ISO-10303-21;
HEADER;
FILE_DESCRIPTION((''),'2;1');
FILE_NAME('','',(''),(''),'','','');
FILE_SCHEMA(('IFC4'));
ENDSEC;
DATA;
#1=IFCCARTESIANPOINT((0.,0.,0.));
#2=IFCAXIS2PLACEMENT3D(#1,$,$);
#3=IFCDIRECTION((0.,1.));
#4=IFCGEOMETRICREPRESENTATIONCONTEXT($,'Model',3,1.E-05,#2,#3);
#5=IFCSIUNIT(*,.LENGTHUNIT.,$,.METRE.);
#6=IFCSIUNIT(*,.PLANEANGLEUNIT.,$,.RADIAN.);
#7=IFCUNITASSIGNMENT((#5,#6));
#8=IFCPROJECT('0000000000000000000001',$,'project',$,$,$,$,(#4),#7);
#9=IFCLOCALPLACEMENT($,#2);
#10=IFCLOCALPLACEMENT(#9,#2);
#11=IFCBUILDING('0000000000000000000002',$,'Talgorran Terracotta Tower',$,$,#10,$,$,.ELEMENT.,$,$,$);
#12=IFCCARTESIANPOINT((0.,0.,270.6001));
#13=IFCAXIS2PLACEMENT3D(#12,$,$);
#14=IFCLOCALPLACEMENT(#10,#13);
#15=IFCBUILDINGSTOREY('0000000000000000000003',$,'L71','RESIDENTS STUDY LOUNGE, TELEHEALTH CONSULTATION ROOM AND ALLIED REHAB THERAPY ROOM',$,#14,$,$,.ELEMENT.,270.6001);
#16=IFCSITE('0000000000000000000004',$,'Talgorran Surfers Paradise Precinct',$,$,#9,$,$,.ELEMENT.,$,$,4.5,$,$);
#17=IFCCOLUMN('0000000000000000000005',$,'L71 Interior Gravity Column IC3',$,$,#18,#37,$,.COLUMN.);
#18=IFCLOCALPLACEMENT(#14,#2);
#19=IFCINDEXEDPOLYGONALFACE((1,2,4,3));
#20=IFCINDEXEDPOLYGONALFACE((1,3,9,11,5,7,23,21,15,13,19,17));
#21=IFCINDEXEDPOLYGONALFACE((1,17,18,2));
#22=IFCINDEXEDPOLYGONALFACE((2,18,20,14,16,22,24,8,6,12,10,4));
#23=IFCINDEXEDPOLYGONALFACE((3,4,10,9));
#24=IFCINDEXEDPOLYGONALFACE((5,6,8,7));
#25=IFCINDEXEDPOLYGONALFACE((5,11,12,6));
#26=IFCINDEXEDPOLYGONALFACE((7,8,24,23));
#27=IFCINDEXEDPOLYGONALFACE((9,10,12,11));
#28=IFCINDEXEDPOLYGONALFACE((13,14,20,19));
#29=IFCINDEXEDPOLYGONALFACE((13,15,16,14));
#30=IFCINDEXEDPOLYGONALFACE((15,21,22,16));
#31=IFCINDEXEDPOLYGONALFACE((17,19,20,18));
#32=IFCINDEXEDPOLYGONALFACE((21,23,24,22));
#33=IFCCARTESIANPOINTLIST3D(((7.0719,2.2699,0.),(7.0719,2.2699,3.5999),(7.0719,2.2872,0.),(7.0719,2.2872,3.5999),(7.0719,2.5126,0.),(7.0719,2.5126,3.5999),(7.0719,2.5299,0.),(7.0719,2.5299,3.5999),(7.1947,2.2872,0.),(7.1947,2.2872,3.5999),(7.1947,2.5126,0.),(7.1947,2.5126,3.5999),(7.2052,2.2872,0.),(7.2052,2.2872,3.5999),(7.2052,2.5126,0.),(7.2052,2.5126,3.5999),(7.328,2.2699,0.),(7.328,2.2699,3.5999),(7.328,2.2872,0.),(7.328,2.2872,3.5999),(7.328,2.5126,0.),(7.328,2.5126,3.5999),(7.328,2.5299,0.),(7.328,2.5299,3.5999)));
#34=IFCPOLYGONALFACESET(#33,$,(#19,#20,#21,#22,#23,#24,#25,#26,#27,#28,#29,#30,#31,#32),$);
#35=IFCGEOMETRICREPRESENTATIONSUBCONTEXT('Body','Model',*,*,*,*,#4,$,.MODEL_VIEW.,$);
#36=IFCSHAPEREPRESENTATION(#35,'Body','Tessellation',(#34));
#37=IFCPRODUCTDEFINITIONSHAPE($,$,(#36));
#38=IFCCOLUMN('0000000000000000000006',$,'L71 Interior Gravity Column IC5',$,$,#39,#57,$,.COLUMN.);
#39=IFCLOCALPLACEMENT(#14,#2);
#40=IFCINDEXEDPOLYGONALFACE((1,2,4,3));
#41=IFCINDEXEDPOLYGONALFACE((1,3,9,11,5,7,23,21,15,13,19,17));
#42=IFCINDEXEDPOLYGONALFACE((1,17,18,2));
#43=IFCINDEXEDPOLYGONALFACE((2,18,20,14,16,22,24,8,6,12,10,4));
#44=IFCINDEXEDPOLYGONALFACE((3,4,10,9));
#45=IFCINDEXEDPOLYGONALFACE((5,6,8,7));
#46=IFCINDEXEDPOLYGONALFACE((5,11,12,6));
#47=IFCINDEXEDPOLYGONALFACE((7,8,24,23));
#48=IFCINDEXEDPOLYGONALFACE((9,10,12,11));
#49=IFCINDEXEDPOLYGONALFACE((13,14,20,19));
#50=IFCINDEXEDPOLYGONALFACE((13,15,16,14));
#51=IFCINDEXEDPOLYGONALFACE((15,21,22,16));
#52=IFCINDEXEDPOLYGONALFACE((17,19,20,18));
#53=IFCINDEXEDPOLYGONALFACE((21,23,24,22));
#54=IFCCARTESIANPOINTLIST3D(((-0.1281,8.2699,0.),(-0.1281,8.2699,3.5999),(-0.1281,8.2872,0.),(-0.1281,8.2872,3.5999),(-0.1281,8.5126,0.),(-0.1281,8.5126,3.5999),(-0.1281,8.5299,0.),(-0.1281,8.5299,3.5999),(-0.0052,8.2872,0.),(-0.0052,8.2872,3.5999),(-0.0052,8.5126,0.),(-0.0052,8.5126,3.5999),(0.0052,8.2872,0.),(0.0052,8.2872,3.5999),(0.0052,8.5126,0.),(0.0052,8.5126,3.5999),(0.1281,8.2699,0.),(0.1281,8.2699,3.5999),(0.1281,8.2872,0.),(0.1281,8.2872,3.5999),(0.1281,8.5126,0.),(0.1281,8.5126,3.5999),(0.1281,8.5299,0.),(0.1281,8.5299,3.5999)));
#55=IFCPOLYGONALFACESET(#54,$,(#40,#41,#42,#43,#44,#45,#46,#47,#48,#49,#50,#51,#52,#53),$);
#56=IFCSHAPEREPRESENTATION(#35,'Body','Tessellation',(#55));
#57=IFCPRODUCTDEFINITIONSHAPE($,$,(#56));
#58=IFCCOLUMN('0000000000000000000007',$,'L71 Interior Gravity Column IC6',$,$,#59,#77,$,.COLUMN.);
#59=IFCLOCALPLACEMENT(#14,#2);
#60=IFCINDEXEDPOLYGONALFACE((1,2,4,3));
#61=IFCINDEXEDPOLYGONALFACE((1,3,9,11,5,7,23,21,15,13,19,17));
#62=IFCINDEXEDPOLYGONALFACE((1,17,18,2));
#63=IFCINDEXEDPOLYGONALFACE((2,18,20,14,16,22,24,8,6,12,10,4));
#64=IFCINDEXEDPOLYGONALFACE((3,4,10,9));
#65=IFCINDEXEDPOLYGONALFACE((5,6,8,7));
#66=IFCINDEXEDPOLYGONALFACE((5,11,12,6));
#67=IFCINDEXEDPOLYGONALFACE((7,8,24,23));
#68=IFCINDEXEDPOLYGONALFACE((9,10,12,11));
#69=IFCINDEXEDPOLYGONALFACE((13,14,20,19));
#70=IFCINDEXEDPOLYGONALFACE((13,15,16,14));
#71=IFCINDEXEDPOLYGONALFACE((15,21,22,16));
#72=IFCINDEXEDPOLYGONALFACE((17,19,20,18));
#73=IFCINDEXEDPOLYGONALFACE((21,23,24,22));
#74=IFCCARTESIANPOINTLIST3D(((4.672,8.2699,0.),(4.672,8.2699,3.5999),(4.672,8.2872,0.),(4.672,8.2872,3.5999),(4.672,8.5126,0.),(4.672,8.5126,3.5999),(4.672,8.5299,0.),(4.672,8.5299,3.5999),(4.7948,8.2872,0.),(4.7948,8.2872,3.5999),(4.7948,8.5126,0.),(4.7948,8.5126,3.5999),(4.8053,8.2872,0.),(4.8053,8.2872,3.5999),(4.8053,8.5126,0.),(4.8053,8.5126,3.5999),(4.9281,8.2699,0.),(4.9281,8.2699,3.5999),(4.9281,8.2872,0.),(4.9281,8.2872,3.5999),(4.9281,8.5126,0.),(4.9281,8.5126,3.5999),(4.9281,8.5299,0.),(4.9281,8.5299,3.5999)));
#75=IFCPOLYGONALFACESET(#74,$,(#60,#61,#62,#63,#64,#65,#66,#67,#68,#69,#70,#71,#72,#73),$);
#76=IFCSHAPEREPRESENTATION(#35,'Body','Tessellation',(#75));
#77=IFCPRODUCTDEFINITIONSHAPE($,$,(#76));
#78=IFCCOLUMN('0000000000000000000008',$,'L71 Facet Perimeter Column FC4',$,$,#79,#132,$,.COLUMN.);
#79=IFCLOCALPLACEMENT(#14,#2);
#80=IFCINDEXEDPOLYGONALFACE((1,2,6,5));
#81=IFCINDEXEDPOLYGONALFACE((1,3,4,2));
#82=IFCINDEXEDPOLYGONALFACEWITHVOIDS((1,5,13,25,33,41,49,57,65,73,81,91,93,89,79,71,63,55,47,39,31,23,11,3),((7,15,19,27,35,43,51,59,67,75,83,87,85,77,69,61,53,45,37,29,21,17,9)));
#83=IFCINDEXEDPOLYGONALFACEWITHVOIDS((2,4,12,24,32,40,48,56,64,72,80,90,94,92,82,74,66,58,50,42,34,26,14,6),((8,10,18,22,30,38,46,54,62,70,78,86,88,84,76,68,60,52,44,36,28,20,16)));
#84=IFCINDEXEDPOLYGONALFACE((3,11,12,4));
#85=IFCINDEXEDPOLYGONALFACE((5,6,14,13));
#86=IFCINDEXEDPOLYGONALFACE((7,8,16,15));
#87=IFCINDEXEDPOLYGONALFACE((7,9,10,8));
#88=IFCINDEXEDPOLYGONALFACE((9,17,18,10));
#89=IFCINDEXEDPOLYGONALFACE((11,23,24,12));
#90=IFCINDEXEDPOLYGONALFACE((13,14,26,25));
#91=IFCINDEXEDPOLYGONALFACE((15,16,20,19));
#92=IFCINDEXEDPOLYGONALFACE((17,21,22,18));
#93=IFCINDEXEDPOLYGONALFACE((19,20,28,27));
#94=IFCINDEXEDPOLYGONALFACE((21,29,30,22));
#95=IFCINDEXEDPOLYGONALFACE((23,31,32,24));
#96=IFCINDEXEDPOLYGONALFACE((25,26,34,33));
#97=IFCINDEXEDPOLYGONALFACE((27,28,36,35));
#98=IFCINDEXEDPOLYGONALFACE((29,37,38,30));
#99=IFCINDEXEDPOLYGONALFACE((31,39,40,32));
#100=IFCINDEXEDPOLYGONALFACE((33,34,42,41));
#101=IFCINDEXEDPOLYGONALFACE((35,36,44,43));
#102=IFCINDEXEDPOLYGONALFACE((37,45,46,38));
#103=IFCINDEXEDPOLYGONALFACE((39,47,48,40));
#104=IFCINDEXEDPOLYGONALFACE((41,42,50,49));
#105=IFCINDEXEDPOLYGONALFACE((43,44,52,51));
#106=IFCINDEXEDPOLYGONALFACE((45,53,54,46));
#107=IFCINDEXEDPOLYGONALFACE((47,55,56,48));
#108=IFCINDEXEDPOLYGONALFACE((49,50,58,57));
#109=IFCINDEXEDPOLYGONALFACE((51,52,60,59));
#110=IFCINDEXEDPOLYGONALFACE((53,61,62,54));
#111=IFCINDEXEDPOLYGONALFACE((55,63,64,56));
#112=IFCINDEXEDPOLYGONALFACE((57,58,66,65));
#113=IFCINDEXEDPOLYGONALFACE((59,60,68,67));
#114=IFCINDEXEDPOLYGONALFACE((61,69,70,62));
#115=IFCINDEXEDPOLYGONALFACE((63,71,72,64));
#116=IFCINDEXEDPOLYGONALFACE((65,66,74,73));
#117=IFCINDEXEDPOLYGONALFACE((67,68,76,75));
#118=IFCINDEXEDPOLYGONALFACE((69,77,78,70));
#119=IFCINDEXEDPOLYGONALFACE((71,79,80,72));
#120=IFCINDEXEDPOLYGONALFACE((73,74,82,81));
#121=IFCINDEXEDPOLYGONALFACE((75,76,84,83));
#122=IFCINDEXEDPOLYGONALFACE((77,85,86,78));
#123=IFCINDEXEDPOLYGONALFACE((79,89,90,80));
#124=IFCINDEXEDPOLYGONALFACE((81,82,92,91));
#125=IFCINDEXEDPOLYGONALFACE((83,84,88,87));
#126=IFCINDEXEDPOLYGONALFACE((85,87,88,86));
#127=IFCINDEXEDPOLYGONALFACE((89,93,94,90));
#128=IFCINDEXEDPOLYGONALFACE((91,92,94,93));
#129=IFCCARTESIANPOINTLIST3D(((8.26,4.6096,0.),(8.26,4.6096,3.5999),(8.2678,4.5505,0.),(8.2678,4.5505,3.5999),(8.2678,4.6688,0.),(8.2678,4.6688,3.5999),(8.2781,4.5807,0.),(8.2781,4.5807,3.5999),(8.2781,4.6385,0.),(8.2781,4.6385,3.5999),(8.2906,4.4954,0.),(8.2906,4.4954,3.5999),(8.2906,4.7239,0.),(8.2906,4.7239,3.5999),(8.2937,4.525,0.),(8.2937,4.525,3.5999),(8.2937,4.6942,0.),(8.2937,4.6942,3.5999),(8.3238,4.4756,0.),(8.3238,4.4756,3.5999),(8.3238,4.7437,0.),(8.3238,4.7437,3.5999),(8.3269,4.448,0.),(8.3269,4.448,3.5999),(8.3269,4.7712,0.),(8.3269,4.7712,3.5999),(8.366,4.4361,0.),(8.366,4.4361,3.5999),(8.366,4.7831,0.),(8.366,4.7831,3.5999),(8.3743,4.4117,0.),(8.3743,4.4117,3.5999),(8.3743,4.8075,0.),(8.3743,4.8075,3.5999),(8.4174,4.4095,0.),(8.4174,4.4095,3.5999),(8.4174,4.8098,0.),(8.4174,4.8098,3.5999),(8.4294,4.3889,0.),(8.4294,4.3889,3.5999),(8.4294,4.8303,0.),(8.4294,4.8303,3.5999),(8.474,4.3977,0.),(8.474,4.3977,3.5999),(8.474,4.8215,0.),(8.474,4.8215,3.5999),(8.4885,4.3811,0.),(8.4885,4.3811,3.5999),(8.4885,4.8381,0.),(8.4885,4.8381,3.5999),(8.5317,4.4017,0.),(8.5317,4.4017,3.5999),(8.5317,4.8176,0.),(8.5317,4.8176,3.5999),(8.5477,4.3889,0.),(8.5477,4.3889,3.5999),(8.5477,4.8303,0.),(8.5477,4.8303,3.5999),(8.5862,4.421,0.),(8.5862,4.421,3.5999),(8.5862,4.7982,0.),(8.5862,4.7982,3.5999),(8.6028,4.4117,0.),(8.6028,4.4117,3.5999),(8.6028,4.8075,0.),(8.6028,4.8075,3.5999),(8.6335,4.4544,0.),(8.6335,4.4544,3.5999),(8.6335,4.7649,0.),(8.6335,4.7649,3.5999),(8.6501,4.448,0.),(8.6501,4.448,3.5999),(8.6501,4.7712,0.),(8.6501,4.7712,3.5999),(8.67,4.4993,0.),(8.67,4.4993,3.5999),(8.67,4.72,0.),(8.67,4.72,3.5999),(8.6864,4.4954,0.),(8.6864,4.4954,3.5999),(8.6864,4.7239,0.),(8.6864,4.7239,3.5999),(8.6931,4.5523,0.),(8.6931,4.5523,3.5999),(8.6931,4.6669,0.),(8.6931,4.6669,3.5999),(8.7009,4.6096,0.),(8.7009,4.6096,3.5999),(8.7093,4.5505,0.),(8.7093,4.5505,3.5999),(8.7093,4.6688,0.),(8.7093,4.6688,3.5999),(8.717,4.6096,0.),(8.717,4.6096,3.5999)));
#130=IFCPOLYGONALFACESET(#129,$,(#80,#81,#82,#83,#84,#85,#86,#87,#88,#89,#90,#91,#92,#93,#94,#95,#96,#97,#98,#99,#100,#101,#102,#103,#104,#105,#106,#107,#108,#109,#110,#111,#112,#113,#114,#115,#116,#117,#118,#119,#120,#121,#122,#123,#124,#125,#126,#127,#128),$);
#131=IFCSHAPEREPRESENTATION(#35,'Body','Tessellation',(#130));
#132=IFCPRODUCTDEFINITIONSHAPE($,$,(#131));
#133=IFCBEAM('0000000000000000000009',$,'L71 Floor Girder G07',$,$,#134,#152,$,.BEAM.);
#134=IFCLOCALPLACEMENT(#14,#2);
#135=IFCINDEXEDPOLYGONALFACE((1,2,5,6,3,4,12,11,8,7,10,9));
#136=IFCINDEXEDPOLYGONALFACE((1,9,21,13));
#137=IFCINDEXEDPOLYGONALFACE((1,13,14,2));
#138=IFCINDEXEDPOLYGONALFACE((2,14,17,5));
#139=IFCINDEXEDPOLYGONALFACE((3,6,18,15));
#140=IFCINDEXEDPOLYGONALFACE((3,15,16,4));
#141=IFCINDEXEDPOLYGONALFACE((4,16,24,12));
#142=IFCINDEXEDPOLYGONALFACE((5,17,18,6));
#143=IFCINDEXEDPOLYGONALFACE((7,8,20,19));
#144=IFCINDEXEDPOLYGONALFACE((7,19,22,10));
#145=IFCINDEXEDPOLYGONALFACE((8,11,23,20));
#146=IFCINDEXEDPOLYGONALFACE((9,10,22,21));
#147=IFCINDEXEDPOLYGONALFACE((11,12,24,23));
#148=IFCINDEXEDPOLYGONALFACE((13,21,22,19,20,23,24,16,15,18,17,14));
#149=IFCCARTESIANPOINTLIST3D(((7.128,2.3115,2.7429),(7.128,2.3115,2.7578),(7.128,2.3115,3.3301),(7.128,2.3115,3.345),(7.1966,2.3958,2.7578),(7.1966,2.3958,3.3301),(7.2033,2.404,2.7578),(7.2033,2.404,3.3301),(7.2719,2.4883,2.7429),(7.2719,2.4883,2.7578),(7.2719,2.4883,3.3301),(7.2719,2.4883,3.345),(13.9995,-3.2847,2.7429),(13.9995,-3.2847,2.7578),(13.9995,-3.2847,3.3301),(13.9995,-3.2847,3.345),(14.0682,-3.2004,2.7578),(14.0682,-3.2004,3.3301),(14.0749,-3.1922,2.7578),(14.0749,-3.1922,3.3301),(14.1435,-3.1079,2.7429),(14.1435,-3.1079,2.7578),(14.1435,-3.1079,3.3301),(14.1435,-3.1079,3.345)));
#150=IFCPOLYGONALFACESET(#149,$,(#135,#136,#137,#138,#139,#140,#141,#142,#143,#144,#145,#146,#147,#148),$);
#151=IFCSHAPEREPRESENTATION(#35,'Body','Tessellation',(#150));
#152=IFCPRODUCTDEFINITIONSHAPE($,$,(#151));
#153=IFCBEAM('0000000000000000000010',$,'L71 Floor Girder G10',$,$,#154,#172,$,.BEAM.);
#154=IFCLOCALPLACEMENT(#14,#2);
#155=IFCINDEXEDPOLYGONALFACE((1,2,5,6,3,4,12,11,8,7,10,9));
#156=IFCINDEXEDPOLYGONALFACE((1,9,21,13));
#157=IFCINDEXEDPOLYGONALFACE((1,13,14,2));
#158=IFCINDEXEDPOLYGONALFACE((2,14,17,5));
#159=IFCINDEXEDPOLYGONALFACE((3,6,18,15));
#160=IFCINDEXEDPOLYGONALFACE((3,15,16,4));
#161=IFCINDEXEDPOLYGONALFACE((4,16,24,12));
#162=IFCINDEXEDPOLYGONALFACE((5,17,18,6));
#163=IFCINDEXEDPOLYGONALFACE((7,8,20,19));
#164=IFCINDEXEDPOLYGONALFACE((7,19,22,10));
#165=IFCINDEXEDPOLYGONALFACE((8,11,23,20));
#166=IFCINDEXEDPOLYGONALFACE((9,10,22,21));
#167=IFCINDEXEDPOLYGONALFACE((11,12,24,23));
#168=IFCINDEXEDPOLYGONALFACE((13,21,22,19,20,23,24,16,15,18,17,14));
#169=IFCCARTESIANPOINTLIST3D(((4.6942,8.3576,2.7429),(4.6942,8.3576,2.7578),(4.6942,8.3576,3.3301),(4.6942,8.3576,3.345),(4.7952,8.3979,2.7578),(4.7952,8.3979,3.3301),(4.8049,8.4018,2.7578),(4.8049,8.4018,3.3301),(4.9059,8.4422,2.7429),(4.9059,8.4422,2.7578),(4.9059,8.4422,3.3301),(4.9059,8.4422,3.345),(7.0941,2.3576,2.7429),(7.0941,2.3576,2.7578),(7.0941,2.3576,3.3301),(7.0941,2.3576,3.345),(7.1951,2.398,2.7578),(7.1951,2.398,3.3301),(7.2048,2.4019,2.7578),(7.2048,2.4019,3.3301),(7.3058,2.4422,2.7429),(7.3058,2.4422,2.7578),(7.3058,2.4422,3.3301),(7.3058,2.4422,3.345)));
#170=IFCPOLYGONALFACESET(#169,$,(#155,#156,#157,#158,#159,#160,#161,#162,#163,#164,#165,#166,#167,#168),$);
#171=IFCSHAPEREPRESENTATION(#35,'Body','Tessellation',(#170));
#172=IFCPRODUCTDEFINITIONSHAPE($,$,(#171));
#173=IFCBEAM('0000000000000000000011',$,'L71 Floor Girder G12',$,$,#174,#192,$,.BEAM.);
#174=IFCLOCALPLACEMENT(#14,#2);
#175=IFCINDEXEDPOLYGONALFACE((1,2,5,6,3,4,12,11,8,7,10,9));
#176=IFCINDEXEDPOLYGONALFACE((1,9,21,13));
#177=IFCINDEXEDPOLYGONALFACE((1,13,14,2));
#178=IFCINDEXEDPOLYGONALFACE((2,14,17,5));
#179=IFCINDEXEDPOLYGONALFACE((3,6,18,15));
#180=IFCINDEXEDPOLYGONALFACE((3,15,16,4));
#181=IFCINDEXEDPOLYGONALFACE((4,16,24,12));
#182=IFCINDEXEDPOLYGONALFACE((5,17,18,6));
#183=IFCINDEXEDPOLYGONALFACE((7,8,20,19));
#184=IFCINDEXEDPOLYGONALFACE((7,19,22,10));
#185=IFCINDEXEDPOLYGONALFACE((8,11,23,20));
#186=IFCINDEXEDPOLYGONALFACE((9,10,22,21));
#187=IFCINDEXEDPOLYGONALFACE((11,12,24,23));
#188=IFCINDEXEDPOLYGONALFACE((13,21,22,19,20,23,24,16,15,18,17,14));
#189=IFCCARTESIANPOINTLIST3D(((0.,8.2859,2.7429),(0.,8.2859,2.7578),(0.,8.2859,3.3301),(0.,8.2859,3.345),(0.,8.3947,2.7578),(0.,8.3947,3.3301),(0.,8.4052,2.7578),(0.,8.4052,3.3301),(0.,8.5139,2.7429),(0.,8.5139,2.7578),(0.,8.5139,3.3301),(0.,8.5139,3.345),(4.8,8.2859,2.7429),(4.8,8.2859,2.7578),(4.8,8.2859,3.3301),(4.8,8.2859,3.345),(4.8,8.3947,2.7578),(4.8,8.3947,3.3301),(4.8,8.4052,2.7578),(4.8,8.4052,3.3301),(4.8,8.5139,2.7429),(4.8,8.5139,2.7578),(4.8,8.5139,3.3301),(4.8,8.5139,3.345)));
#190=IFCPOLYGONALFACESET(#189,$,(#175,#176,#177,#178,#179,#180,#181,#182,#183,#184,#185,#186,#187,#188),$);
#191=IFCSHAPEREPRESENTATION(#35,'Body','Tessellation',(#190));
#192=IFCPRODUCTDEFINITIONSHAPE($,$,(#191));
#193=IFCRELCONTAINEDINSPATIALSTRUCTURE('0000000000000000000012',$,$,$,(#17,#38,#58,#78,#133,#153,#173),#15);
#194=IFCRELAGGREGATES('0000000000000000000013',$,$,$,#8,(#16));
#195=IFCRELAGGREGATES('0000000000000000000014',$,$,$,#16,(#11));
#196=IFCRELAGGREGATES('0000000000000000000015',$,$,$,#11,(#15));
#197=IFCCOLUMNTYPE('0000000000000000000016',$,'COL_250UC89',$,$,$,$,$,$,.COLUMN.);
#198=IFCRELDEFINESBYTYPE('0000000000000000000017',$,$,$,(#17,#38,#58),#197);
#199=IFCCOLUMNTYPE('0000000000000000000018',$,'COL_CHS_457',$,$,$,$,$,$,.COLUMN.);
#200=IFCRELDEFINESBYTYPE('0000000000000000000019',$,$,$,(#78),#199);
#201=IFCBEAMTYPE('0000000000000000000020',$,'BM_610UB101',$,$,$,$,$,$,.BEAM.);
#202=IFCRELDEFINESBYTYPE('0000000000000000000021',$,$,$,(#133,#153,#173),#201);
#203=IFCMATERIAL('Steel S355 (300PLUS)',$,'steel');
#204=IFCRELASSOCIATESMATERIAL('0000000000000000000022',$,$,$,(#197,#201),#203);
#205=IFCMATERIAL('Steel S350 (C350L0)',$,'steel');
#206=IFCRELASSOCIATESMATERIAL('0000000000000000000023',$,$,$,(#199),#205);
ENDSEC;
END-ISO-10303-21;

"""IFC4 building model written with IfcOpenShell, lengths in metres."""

from ifc_helpers import new_model, si_unit, direction, frame, origin, origin_2d, place, context, subcontext, project, spatial, hollow_circle, i_section, extrude, material, material_profile, profile_set, type_object, element, save


model = new_model("IFC4")

# Units and contexts
model_context = context("Model", 3, precision=1e-05, world=origin(), true_north=direction((0.0, 1.0)))
body_context = subcontext(model_context, "Body", "Model", "MODEL_VIEW")
ifc_project = project(units=[si_unit("LENGTHUNIT", "METRE"), si_unit("PLANEANGLEUNIT", "RADIAN")], contexts=[model_context])

# Site, building, storey
site_placement = place(None, origin())
site = spatial("IfcSite", under=ifc_project, at=site_placement, Name="Talgorran Surfers Paradise Precinct", CompositionType="ELEMENT", RefElevation=4.5)
building_placement = place(site_placement, origin())
building = spatial("IfcBuilding", under=site, at=building_placement, Name="Talgorran Terracotta Tower", CompositionType="ELEMENT")
storey_placement = place(building_placement, frame((0.0, 0.0, 270.6001)))
storey = spatial("IfcBuildingStorey", under=building, at=storey_placement, Name="L71", Description="RESIDENTS STUDY LOUNGE, TELEHEALTH CONSULTATION ROOM AND ALLIED REHAB THERAPY ROOM", CompositionType="ELEMENT", Elevation=270.6001)

# Columns
ifc_material_1 = material(Name="Steel S355 (300PLUS)", Category="steel")
ifc_material_profile_1 = material_profile(ifc_material_1, i_section(OverallWidth=0.2561, OverallDepth=0.26, WebThickness=0.0105, FlangeThickness=0.0173, at=origin_2d()), Name="250UC89.5")
ifc_profile_set_1 = profile_set([ifc_material_profile_1], Name="Steel S355 (300PLUS)")
column_type_1 = type_object("IfcColumnType", Name="COL_250UC89", PredefinedType="COLUMN", material=ifc_profile_set_1)
for number, where, z_axis, x_axis, name in (
    (1, (7.2, 2.3999, 0.0), (0.0, 0.0, 1.0), (1.0, 0.0, 0.0), "L71 Interior Gravity Column IC3"),
    (2, (0.0, 8.3999, 0.0), (0.0, 0.0, 1.0), (1.0, 0.0, 0.0), "L71 Interior Gravity Column IC5"),
    (3, (4.8, 8.3999, 0.0), (0.0, 0.0, 1.0), (1.0, 0.0, 0.0), "L71 Interior Gravity Column IC6"),
):
    element("IfcColumn", number, at=place(storey_placement, frame(where, z_axis=z_axis, x_axis=x_axis)), inside=storey, type_object=column_type_1, Name=name, PredefinedType="COLUMN", context=body_context, shape_type="SweptSolid", body=[
        extrude(i_section(OverallWidth=0.2561, OverallDepth=0.26, WebThickness=0.0105, FlangeThickness=0.0173, at=origin_2d()), origin(), (0.0, 0.0, 1.0), 3.5999),
    ])
ifc_material_2 = material(Name="Steel S350 (C350L0)", Category="steel")
ifc_material_profile_2 = material_profile(ifc_material_2, hollow_circle(Radius=0.2285, WallThickness=0.0161, at=origin_2d()), Name="CHS457X16")
ifc_profile_set_2 = profile_set([ifc_material_profile_2], Name="Steel S350 (C350L0)")
column_type_2 = type_object("IfcColumnType", Name="COL_CHS_457", PredefinedType="COLUMN", material=ifc_profile_set_2)
column_placement = place(storey_placement, frame((8.4885, 4.6096, 0.0), z_axis=(0.0, 0.0, 1.0), x_axis=(1.0, 0.0, 0.0)))
element("IfcColumn", 4, at=column_placement, inside=storey, type_object=column_type_2, Name="L71 Facet Perimeter Column FC4", PredefinedType="COLUMN", context=body_context, shape_type="SweptSolid", body=[
    extrude(hollow_circle(Radius=0.2285, WallThickness=0.0161, at=origin_2d()), origin(), (0.0, 0.0, 1.0), 3.5999),
])

# Beams
ifc_material_profile_3 = material_profile(ifc_material_1, i_section(OverallWidth=0.228, OverallDepth=0.6021, WebThickness=0.0105, FlangeThickness=0.0149, at=origin_2d()), Name="610UB101")
ifc_profile_set_3 = profile_set([ifc_material_profile_3], Name="Steel S355 (300PLUS)")
beam_type_1 = type_object("IfcBeamType", Name="BM_610UB101", PredefinedType="BEAM", material=ifc_profile_set_3)
beam_1_placement = place(storey_placement, frame((7.2, 2.3999, 3.0439), z_axis=(0.775394, -0.631478, 0.0), x_axis=(0.631478, 0.775394, 0.0)))
element("IfcBeam", 5, at=beam_1_placement, inside=storey, type_object=beam_type_1, Name="L71 Floor Girder G07", PredefinedType="BEAM", context=body_context, shape_type="SweptSolid", body=[
    extrude(i_section(OverallWidth=0.228, OverallDepth=0.6021, WebThickness=0.0105, FlangeThickness=0.0149, at=origin_2d()), origin(), (0.0, 0.0, 1.0), 8.8621),
])
beam_2_placement = place(storey_placement, frame((7.2, 2.3999, 3.0439), z_axis=(-0.371378, 0.928482, 0.0), x_axis=(-0.928482, -0.371378, 0.0)))
element("IfcBeam", 6, at=beam_2_placement, inside=storey, type_object=beam_type_1, Name="L71 Floor Girder G10", PredefinedType="BEAM", context=body_context, shape_type="SweptSolid", body=[
    extrude(i_section(OverallWidth=0.228, OverallDepth=0.6021, WebThickness=0.0105, FlangeThickness=0.0149, at=origin_2d()), origin(), (0.0, 0.0, 1.0), 6.4622),
])
beam_3_placement = place(storey_placement, frame((0.0, 8.3999, 3.0439), z_axis=(1.0, 0.0, 0.0), x_axis=(0.0, 1.0, 0.0)))
element("IfcBeam", 7, at=beam_3_placement, inside=storey, type_object=beam_type_1, Name="L71 Floor Girder G12", PredefinedType="BEAM", context=body_context, shape_type="SweptSolid", body=[
    extrude(i_section(OverallWidth=0.228, OverallDepth=0.6021, WebThickness=0.0105, FlangeThickness=0.0149, at=origin_2d()), origin(), (0.0, 0.0, 1.0), 4.8),
])

save(model, "model.ifc")
